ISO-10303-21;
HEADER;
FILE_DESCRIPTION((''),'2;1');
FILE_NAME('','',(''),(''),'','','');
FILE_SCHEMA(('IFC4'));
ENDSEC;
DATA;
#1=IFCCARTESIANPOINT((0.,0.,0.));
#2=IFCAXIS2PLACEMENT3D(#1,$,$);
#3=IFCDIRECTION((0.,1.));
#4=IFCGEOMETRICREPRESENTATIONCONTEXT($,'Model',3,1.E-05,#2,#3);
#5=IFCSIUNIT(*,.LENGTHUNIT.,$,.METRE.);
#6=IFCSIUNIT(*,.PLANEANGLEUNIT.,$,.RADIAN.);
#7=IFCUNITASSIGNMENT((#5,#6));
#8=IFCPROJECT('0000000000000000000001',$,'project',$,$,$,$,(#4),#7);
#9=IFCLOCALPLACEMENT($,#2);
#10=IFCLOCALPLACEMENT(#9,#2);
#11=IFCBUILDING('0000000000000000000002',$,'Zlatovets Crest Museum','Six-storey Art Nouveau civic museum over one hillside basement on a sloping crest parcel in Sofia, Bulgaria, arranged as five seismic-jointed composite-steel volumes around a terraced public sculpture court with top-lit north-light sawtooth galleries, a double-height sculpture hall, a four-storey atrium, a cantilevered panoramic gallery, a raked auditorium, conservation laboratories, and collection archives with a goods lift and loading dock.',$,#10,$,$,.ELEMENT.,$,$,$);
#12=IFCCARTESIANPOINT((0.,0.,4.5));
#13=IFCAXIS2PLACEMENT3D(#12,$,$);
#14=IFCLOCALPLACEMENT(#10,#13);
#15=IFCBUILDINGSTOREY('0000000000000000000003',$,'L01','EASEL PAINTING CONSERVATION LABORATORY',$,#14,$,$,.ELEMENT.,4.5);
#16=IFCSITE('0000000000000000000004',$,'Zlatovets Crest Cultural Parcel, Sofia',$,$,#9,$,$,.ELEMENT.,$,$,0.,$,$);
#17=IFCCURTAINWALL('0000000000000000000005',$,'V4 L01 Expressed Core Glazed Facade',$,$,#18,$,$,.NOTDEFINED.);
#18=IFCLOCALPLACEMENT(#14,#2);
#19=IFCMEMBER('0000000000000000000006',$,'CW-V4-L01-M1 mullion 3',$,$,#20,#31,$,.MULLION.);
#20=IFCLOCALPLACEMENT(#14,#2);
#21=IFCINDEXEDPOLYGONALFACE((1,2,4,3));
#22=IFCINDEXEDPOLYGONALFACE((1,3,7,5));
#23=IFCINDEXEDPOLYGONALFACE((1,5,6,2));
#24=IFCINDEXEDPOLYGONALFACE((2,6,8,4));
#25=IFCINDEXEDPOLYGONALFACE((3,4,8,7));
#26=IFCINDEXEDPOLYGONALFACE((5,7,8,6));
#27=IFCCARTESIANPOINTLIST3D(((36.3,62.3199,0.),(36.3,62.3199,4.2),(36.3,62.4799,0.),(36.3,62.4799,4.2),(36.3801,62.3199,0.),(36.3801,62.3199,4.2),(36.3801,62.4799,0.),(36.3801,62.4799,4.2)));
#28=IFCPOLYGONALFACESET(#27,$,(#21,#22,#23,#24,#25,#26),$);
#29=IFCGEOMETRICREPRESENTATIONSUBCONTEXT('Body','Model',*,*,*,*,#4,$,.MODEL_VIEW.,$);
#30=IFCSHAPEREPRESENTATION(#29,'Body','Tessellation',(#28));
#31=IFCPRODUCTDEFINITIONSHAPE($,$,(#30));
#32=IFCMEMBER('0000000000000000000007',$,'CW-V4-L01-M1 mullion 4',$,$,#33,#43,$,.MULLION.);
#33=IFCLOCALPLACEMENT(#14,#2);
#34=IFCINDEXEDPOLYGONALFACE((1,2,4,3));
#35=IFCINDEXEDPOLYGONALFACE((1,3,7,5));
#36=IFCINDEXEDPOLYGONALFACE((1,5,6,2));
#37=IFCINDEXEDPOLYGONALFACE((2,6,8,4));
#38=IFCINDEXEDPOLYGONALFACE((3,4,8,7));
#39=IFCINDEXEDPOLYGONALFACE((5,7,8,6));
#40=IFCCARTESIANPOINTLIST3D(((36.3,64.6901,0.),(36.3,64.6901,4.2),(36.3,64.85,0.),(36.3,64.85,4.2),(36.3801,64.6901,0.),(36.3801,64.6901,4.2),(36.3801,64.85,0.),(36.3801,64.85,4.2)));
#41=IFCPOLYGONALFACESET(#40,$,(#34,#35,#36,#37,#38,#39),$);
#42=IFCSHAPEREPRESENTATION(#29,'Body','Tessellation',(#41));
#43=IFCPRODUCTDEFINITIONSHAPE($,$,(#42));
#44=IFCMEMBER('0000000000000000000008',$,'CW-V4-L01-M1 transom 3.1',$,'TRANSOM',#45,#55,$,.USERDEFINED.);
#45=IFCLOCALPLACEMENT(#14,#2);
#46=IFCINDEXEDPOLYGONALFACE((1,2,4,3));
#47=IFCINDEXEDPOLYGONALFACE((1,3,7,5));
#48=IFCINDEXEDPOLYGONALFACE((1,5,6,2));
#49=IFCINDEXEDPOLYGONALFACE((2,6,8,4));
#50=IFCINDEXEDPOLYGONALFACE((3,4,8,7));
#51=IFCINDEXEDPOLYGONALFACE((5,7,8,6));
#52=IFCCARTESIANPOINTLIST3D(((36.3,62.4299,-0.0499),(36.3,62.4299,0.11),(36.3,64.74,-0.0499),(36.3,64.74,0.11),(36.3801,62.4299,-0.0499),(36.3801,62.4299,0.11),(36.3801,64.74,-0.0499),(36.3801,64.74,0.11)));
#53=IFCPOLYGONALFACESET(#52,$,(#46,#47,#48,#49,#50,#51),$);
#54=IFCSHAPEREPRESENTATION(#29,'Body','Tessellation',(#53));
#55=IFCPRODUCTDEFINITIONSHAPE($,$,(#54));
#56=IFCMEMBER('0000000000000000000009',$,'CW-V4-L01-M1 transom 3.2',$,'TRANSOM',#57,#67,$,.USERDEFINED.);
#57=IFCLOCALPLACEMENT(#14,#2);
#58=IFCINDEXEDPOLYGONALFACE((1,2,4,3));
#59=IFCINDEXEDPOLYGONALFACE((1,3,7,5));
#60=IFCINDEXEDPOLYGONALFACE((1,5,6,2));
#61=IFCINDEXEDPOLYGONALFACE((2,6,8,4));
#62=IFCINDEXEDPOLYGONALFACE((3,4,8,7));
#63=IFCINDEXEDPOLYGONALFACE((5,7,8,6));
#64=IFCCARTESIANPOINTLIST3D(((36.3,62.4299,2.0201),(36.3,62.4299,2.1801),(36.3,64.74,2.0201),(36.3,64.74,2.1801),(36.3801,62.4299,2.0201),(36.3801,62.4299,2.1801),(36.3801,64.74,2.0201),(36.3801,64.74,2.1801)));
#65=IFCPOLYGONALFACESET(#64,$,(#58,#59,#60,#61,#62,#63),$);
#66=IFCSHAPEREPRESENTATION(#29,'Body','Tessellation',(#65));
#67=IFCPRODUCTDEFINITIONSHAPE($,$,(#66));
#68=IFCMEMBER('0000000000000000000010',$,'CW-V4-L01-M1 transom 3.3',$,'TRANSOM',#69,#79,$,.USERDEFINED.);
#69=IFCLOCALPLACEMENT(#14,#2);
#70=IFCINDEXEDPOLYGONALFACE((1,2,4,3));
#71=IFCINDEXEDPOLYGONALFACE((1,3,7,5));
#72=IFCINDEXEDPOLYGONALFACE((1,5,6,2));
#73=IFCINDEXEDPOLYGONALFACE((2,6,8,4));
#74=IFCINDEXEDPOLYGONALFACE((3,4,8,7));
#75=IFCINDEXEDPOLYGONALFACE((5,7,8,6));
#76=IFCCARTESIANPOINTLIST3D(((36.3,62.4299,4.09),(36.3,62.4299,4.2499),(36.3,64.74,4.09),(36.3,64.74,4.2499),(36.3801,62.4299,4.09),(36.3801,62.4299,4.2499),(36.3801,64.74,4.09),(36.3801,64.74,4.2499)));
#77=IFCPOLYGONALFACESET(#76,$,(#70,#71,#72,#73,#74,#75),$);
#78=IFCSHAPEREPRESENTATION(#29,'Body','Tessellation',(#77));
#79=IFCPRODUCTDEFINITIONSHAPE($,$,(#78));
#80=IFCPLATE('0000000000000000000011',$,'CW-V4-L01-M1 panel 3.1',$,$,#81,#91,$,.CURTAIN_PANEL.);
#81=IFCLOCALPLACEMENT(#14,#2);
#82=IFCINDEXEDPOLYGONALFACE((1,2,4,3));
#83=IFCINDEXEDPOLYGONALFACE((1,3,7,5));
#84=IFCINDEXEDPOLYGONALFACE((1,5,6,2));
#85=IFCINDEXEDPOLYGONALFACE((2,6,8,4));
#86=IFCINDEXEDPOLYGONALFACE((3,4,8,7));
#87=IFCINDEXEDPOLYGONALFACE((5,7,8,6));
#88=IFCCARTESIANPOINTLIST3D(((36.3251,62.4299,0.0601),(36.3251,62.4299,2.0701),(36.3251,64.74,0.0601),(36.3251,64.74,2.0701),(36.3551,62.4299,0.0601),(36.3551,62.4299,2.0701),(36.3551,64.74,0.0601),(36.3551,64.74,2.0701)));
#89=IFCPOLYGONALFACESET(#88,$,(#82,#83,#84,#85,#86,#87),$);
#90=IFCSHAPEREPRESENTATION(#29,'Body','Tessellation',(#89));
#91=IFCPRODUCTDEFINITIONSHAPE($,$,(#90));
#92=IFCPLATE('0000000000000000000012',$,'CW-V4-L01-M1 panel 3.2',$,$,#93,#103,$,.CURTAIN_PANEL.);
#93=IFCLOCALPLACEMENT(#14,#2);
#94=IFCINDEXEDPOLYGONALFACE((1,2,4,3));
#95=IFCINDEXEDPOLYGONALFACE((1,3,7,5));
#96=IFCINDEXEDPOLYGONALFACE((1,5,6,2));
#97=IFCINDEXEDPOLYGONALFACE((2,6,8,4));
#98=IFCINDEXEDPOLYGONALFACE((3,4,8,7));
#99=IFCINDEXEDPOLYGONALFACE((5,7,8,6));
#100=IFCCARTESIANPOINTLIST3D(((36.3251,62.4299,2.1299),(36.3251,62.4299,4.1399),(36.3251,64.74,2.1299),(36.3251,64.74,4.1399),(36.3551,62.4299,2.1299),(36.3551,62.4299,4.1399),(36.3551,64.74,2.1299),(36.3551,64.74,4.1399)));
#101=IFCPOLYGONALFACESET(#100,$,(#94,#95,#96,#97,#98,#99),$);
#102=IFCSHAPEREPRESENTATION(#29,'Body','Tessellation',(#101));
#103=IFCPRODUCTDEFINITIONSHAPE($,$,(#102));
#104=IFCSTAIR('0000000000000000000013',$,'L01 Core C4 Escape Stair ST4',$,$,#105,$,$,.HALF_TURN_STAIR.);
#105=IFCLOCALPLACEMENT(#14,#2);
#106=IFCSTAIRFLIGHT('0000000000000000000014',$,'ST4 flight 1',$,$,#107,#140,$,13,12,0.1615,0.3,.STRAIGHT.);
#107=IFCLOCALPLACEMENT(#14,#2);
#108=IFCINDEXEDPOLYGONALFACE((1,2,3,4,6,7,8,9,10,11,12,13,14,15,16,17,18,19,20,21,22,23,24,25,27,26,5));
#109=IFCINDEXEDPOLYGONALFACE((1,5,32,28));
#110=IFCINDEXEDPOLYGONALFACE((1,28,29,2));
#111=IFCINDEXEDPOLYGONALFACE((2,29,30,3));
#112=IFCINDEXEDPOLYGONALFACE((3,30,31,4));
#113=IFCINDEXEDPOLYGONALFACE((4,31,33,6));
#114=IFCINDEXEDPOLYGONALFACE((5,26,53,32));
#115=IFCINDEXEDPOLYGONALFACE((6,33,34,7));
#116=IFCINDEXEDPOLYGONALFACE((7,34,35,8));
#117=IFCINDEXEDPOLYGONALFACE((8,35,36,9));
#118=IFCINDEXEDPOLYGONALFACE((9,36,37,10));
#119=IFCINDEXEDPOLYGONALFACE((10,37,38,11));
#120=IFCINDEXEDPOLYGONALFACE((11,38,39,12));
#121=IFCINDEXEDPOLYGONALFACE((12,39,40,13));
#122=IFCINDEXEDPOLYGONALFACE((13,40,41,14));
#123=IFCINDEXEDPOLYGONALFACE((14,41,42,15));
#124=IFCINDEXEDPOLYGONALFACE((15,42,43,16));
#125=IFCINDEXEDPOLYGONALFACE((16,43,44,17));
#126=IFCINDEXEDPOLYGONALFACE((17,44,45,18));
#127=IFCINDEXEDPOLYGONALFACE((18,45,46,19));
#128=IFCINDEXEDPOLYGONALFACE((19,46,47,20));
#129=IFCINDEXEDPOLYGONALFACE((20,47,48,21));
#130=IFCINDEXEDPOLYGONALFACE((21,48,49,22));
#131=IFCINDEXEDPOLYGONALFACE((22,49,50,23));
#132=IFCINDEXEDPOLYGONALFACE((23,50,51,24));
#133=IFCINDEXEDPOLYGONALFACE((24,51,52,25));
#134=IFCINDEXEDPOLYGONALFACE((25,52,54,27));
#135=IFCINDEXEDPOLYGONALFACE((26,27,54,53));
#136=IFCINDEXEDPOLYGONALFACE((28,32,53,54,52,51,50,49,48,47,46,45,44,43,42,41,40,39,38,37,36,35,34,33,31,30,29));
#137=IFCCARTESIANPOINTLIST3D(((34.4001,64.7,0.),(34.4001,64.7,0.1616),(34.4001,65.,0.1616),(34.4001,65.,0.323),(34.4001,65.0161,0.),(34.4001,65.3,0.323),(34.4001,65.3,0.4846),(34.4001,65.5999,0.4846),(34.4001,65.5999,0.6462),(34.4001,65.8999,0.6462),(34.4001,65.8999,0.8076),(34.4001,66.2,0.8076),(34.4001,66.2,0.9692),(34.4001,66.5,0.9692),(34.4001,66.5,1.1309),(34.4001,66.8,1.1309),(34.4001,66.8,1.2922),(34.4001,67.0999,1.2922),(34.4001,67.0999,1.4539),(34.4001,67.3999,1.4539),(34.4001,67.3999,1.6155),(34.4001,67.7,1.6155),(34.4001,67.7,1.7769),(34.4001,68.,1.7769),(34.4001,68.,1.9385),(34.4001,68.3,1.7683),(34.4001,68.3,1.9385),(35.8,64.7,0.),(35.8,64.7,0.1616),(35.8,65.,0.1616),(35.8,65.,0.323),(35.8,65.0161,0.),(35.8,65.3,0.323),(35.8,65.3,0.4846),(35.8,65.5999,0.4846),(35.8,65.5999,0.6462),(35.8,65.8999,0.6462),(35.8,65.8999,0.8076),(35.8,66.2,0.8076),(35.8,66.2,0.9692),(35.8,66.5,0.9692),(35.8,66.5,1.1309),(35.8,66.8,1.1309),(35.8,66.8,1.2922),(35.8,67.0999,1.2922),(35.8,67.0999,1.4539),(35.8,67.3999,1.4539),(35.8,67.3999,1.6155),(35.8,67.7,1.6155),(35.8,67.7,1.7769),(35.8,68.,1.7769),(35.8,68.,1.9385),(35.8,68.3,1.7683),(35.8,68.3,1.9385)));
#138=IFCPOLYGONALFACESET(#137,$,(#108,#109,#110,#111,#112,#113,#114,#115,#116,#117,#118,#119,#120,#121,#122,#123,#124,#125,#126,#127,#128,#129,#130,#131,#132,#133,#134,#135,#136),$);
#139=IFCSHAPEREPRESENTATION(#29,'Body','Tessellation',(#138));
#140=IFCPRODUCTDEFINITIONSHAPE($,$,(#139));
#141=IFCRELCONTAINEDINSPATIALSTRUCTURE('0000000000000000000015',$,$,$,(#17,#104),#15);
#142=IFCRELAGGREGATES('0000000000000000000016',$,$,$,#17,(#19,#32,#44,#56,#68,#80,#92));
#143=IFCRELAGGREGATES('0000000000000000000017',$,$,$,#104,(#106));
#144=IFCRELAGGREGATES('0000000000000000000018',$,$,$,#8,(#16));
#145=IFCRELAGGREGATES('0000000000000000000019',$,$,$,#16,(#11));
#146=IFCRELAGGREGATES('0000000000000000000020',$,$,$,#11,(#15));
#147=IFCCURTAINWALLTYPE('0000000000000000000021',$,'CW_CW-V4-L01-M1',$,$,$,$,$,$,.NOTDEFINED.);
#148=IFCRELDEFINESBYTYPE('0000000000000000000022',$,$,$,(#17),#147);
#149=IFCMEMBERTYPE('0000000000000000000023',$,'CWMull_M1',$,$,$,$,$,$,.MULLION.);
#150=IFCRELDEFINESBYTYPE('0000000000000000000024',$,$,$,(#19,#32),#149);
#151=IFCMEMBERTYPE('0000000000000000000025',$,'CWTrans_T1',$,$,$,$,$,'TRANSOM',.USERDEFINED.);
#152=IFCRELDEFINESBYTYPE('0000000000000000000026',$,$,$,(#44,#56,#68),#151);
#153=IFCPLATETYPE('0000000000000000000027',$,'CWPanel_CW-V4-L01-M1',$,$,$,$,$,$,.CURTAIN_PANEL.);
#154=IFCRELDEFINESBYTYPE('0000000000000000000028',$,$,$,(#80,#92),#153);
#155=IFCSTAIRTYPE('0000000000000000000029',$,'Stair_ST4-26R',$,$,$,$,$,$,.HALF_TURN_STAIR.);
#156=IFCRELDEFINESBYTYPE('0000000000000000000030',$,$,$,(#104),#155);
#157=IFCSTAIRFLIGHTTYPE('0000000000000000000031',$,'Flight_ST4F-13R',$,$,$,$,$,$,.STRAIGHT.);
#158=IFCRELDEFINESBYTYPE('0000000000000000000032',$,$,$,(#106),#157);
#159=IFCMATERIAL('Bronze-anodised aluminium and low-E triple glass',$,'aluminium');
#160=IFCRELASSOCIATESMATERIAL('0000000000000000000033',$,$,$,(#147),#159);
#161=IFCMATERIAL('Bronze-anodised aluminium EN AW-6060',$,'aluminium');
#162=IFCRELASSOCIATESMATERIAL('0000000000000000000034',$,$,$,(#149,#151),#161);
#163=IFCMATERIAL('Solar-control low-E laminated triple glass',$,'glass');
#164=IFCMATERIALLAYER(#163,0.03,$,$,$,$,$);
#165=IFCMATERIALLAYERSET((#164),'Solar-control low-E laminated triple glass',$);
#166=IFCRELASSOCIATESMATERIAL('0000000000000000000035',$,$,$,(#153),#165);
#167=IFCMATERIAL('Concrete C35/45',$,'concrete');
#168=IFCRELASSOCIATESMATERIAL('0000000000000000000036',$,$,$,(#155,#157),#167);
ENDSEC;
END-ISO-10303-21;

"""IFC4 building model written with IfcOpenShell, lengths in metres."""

from ifc_helpers import new_model, si_unit, direction, frame, origin, origin_2d, place, context, subcontext, project, spatial, polyline, rectangle, outline, extrude, material, layer, layer_set, material_profile, profile_set, type_object, element, aggregate, save


model = new_model("IFC4")

# Units and contexts
model_context = context("Model", 3, precision=1e-05, world=origin(), true_north=direction((0.0, 1.0)))
body_context = subcontext(model_context, "Body", "Model", "MODEL_VIEW")
ifc_project = project(units=[si_unit("LENGTHUNIT", "METRE"), si_unit("PLANEANGLEUNIT", "RADIAN")], contexts=[model_context])

# Site, building, storey
site_placement = place(None, origin())
site = spatial("IfcSite", under=ifc_project, at=site_placement, Name="Zlatovets Crest Cultural Parcel, Sofia", CompositionType="ELEMENT", RefElevation=0.0)
building_placement = place(site_placement, origin())
building = spatial("IfcBuilding", under=site, at=building_placement, Name="Zlatovets Crest Museum", Description="Six-storey Art Nouveau civic museum over one hillside basement on a sloping crest parcel in Sofia, Bulgaria, arranged as five seismic-jointed composite-steel volumes around a terraced public sculpture court with top-lit north-light sawtooth galleries, a double-height sculpture hall, a four-storey atrium, a cantilevered panoramic gallery, a raked auditorium, conservation laboratories, and collection archives with a goods lift and loading dock.", CompositionType="ELEMENT")
storey_placement = place(building_placement, frame((0.0, 0.0, 4.5)))
storey = spatial("IfcBuildingStorey", under=building, at=storey_placement, Name="L01", Description="EASEL PAINTING CONSERVATION LABORATORY", CompositionType="ELEMENT", Elevation=4.5)

# Curtain wall, members, plates
ifc_material_1 = material(Name="Bronze-anodised aluminium and low-E triple glass", Category="aluminium")
curtain_wall_type = type_object("IfcCurtainWallType", Name="CW_CW-V4-L01-M1", PredefinedType="NOTDEFINED", material=ifc_material_1)
curtain_wall_placement = place(storey_placement, origin())
curtain_wall = element("IfcCurtainWall", 1, at=curtain_wall_placement, inside=storey, type_object=curtain_wall_type, Name="V4 L01 Expressed Core Glazed Facade", PredefinedType="NOTDEFINED")
ifc_material_2 = material(Name="Bronze-anodised aluminium EN AW-6060", Category="aluminium")
ifc_material_profile_1 = material_profile(ifc_material_2, rectangle(XDim=0.0801, YDim=0.1599, at=origin_2d()), Name="ALU 80x160")
ifc_profile_set_1 = profile_set([ifc_material_profile_1], Name="Bronze-anodised aluminium EN AW-6060")
member_type_1 = type_object("IfcMemberType", Name="CWMull_M1", PredefinedType="MULLION", material=ifc_profile_set_1)
member_1_placement = place(storey_placement, frame((36.3401, 62.3999, 0.0), z_axis=(0.0, 0.0, 1.0), x_axis=(-1.0, 0.0, 0.0)))
member_1 = element("IfcMember", 2, at=member_1_placement, type_object=member_type_1, Name="CW-V4-L01-M1 mullion 3", PredefinedType="MULLION", context=body_context, shape_type="SweptSolid", body=[
    extrude(rectangle(XDim=0.0801, YDim=0.1599, at=origin_2d()), origin(), (0.0, 0.0, 1.0), 4.2),
])
member_2_placement = place(storey_placement, frame((36.3401, 64.77, 0.0), z_axis=(0.0, 0.0, 1.0), x_axis=(-1.0, 0.0, 0.0)))
member_2 = element("IfcMember", 3, at=member_2_placement, type_object=member_type_1, Name="CW-V4-L01-M1 mullion 4", PredefinedType="MULLION", context=body_context, shape_type="SweptSolid", body=[
    extrude(rectangle(XDim=0.0801, YDim=0.1599, at=origin_2d()), origin(), (0.0, 0.0, 1.0), 4.2),
])
ifc_material_profile_2 = material_profile(ifc_material_2, rectangle(XDim=0.0801, YDim=0.1599, at=origin_2d()), Name="ALU 80x160")
ifc_profile_set_2 = profile_set([ifc_material_profile_2], Name="Bronze-anodised aluminium EN AW-6060")
member_type_2 = type_object("IfcMemberType", Name="CWTrans_T1", ElementType="TRANSOM", PredefinedType="USERDEFINED", material=ifc_profile_set_2)
member_3_placement = place(storey_placement, frame((36.3401, 62.4299, 0.03), z_axis=(0.0, 1.0, 0.0), x_axis=(-1.0, 0.0, 0.0)))
member_3 = element("IfcMember", 4, at=member_3_placement, type_object=member_type_2, Name="CW-V4-L01-M1 transom 3.1", ObjectType="TRANSOM", PredefinedType="USERDEFINED", context=body_context, shape_type="SweptSolid", body=[
    extrude(rectangle(XDim=0.0801, YDim=0.1599, at=origin_2d()), origin(), (0.0, 0.0, 1.0), 2.3101),
])
member_4_placement = place(storey_placement, frame((36.3401, 62.4299, 2.1001), z_axis=(0.0, 1.0, 0.0), x_axis=(-1.0, 0.0, 0.0)))
member_4 = element("IfcMember", 5, at=member_4_placement, type_object=member_type_2, Name="CW-V4-L01-M1 transom 3.2", ObjectType="TRANSOM", PredefinedType="USERDEFINED", context=body_context, shape_type="SweptSolid", body=[
    extrude(rectangle(XDim=0.0801, YDim=0.1599, at=origin_2d()), origin(), (0.0, 0.0, 1.0), 2.3101),
])
member_5_placement = place(storey_placement, frame((36.3401, 62.4299, 4.1699), z_axis=(0.0, 1.0, 0.0), x_axis=(-1.0, 0.0, 0.0)))
member_5 = element("IfcMember", 6, at=member_5_placement, type_object=member_type_2, Name="CW-V4-L01-M1 transom 3.3", ObjectType="TRANSOM", PredefinedType="USERDEFINED", context=body_context, shape_type="SweptSolid", body=[
    extrude(rectangle(XDim=0.0801, YDim=0.1599, at=origin_2d()), origin(), (0.0, 0.0, 1.0), 2.3101),
])
ifc_material_3 = material(Name="Solar-control low-E laminated triple glass", Category="glass")
ifc_layer = layer(ifc_material_3, 0.03)
ifc_layer_set = layer_set([ifc_layer], Name="Solar-control low-E laminated triple glass")
plate_type = type_object("IfcPlateType", Name="CWPanel_CW-V4-L01-M1", PredefinedType="CURTAIN_PANEL", material=ifc_layer_set)
plate_1_placement = place(storey_placement, frame((36.3401, 63.585, 0.0601), z_axis=(0.0, 0.0, 1.0), x_axis=(0.0, 1.0, 0.0)))
plate_1 = element("IfcPlate", 7, at=plate_1_placement, type_object=plate_type, Name="CW-V4-L01-M1 panel 3.1", PredefinedType="CURTAIN_PANEL", context=body_context, shape_type="SweptSolid", body=[
    extrude(rectangle(XDim=2.3101, YDim=0.03, at=origin_2d()), origin(), (0.0, 0.0, 1.0), 2.01),
])
plate_2_placement = place(storey_placement, frame((36.3401, 63.585, 2.1299), z_axis=(0.0, 0.0, 1.0), x_axis=(0.0, 1.0, 0.0)))
plate_2 = element("IfcPlate", 8, at=plate_2_placement, type_object=plate_type, Name="CW-V4-L01-M1 panel 3.2", PredefinedType="CURTAIN_PANEL", context=body_context, shape_type="SweptSolid", body=[
    extrude(rectangle(XDim=2.3101, YDim=0.03, at=origin_2d()), origin(), (0.0, 0.0, 1.0), 2.01),
])
aggregate(curtain_wall, [member_1, member_2, member_3, member_4, member_5, plate_1, plate_2])

# Stair, stair flight
ifc_material_4 = material(Name="Concrete C35/45", Category="concrete")
stair_type = type_object("IfcStairType", Name="Stair_ST4-26R", PredefinedType="HALF_TURN_STAIR", material=ifc_material_4)
stair_placement = place(storey_placement, origin())
stair = element("IfcStair", 9, at=stair_placement, inside=storey, type_object=stair_type, Name="L01 Core C4 Escape Stair ST4", PredefinedType="HALF_TURN_STAIR")
stair_flight_type = type_object("IfcStairFlightType", Name="Flight_ST4F-13R", PredefinedType="STRAIGHT", material=ifc_material_4)
stair_flight_placement = place(storey_placement, frame((35.1001, 64.7, 0.0), z_axis=(0.0, 0.0, 1.0), x_axis=(0.0, 1.0, 0.0)))
stair_flight = element("IfcStairFlight", 10, at=stair_flight_placement, type_object=stair_flight_type, Name="ST4 flight 1", NumberOfRisers=13, NumberOfTreads=12, PredefinedType="STRAIGHT", RiserHeight=0.1615, TreadLength=0.3, context=body_context, shape_type="SweptSolid", body=[
    extrude(outline(polyline([(0.0, 0.0), (0.0, 0.1616), (0.3, 0.1616), (0.3, 0.323), (0.6001, 0.323), (0.6001, 0.4846), (0.8999, 0.4846), (0.8999, 0.6462), (1.2, 0.6462), (1.2, 0.8076), (1.5, 0.8076), (1.5, 0.9692), (1.8, 0.9692), (1.8, 1.1309), (2.1001, 1.1309), (2.1001, 1.2922), (2.3999, 1.2922), (2.3999, 1.4539), (2.7, 1.4539), (2.7, 1.6155), (3.0, 1.6155), (3.0, 1.7769), (3.3, 1.7769), (3.3, 1.9385), (3.6001, 1.9385), (3.6001, 2.1001), (3.6001, 1.7683), (0.3162, 0.0), (0.0, 0.0)])), frame((0.0, 0.7, 0.0), z_axis=(0.0, -1.0, 0.0), x_axis=(1.0, 0.0, 0.0)), (0.0, 0.0, 1.0), 1.3999),
])
aggregate(stair, [stair_flight])

save(model, "model.ifc")
